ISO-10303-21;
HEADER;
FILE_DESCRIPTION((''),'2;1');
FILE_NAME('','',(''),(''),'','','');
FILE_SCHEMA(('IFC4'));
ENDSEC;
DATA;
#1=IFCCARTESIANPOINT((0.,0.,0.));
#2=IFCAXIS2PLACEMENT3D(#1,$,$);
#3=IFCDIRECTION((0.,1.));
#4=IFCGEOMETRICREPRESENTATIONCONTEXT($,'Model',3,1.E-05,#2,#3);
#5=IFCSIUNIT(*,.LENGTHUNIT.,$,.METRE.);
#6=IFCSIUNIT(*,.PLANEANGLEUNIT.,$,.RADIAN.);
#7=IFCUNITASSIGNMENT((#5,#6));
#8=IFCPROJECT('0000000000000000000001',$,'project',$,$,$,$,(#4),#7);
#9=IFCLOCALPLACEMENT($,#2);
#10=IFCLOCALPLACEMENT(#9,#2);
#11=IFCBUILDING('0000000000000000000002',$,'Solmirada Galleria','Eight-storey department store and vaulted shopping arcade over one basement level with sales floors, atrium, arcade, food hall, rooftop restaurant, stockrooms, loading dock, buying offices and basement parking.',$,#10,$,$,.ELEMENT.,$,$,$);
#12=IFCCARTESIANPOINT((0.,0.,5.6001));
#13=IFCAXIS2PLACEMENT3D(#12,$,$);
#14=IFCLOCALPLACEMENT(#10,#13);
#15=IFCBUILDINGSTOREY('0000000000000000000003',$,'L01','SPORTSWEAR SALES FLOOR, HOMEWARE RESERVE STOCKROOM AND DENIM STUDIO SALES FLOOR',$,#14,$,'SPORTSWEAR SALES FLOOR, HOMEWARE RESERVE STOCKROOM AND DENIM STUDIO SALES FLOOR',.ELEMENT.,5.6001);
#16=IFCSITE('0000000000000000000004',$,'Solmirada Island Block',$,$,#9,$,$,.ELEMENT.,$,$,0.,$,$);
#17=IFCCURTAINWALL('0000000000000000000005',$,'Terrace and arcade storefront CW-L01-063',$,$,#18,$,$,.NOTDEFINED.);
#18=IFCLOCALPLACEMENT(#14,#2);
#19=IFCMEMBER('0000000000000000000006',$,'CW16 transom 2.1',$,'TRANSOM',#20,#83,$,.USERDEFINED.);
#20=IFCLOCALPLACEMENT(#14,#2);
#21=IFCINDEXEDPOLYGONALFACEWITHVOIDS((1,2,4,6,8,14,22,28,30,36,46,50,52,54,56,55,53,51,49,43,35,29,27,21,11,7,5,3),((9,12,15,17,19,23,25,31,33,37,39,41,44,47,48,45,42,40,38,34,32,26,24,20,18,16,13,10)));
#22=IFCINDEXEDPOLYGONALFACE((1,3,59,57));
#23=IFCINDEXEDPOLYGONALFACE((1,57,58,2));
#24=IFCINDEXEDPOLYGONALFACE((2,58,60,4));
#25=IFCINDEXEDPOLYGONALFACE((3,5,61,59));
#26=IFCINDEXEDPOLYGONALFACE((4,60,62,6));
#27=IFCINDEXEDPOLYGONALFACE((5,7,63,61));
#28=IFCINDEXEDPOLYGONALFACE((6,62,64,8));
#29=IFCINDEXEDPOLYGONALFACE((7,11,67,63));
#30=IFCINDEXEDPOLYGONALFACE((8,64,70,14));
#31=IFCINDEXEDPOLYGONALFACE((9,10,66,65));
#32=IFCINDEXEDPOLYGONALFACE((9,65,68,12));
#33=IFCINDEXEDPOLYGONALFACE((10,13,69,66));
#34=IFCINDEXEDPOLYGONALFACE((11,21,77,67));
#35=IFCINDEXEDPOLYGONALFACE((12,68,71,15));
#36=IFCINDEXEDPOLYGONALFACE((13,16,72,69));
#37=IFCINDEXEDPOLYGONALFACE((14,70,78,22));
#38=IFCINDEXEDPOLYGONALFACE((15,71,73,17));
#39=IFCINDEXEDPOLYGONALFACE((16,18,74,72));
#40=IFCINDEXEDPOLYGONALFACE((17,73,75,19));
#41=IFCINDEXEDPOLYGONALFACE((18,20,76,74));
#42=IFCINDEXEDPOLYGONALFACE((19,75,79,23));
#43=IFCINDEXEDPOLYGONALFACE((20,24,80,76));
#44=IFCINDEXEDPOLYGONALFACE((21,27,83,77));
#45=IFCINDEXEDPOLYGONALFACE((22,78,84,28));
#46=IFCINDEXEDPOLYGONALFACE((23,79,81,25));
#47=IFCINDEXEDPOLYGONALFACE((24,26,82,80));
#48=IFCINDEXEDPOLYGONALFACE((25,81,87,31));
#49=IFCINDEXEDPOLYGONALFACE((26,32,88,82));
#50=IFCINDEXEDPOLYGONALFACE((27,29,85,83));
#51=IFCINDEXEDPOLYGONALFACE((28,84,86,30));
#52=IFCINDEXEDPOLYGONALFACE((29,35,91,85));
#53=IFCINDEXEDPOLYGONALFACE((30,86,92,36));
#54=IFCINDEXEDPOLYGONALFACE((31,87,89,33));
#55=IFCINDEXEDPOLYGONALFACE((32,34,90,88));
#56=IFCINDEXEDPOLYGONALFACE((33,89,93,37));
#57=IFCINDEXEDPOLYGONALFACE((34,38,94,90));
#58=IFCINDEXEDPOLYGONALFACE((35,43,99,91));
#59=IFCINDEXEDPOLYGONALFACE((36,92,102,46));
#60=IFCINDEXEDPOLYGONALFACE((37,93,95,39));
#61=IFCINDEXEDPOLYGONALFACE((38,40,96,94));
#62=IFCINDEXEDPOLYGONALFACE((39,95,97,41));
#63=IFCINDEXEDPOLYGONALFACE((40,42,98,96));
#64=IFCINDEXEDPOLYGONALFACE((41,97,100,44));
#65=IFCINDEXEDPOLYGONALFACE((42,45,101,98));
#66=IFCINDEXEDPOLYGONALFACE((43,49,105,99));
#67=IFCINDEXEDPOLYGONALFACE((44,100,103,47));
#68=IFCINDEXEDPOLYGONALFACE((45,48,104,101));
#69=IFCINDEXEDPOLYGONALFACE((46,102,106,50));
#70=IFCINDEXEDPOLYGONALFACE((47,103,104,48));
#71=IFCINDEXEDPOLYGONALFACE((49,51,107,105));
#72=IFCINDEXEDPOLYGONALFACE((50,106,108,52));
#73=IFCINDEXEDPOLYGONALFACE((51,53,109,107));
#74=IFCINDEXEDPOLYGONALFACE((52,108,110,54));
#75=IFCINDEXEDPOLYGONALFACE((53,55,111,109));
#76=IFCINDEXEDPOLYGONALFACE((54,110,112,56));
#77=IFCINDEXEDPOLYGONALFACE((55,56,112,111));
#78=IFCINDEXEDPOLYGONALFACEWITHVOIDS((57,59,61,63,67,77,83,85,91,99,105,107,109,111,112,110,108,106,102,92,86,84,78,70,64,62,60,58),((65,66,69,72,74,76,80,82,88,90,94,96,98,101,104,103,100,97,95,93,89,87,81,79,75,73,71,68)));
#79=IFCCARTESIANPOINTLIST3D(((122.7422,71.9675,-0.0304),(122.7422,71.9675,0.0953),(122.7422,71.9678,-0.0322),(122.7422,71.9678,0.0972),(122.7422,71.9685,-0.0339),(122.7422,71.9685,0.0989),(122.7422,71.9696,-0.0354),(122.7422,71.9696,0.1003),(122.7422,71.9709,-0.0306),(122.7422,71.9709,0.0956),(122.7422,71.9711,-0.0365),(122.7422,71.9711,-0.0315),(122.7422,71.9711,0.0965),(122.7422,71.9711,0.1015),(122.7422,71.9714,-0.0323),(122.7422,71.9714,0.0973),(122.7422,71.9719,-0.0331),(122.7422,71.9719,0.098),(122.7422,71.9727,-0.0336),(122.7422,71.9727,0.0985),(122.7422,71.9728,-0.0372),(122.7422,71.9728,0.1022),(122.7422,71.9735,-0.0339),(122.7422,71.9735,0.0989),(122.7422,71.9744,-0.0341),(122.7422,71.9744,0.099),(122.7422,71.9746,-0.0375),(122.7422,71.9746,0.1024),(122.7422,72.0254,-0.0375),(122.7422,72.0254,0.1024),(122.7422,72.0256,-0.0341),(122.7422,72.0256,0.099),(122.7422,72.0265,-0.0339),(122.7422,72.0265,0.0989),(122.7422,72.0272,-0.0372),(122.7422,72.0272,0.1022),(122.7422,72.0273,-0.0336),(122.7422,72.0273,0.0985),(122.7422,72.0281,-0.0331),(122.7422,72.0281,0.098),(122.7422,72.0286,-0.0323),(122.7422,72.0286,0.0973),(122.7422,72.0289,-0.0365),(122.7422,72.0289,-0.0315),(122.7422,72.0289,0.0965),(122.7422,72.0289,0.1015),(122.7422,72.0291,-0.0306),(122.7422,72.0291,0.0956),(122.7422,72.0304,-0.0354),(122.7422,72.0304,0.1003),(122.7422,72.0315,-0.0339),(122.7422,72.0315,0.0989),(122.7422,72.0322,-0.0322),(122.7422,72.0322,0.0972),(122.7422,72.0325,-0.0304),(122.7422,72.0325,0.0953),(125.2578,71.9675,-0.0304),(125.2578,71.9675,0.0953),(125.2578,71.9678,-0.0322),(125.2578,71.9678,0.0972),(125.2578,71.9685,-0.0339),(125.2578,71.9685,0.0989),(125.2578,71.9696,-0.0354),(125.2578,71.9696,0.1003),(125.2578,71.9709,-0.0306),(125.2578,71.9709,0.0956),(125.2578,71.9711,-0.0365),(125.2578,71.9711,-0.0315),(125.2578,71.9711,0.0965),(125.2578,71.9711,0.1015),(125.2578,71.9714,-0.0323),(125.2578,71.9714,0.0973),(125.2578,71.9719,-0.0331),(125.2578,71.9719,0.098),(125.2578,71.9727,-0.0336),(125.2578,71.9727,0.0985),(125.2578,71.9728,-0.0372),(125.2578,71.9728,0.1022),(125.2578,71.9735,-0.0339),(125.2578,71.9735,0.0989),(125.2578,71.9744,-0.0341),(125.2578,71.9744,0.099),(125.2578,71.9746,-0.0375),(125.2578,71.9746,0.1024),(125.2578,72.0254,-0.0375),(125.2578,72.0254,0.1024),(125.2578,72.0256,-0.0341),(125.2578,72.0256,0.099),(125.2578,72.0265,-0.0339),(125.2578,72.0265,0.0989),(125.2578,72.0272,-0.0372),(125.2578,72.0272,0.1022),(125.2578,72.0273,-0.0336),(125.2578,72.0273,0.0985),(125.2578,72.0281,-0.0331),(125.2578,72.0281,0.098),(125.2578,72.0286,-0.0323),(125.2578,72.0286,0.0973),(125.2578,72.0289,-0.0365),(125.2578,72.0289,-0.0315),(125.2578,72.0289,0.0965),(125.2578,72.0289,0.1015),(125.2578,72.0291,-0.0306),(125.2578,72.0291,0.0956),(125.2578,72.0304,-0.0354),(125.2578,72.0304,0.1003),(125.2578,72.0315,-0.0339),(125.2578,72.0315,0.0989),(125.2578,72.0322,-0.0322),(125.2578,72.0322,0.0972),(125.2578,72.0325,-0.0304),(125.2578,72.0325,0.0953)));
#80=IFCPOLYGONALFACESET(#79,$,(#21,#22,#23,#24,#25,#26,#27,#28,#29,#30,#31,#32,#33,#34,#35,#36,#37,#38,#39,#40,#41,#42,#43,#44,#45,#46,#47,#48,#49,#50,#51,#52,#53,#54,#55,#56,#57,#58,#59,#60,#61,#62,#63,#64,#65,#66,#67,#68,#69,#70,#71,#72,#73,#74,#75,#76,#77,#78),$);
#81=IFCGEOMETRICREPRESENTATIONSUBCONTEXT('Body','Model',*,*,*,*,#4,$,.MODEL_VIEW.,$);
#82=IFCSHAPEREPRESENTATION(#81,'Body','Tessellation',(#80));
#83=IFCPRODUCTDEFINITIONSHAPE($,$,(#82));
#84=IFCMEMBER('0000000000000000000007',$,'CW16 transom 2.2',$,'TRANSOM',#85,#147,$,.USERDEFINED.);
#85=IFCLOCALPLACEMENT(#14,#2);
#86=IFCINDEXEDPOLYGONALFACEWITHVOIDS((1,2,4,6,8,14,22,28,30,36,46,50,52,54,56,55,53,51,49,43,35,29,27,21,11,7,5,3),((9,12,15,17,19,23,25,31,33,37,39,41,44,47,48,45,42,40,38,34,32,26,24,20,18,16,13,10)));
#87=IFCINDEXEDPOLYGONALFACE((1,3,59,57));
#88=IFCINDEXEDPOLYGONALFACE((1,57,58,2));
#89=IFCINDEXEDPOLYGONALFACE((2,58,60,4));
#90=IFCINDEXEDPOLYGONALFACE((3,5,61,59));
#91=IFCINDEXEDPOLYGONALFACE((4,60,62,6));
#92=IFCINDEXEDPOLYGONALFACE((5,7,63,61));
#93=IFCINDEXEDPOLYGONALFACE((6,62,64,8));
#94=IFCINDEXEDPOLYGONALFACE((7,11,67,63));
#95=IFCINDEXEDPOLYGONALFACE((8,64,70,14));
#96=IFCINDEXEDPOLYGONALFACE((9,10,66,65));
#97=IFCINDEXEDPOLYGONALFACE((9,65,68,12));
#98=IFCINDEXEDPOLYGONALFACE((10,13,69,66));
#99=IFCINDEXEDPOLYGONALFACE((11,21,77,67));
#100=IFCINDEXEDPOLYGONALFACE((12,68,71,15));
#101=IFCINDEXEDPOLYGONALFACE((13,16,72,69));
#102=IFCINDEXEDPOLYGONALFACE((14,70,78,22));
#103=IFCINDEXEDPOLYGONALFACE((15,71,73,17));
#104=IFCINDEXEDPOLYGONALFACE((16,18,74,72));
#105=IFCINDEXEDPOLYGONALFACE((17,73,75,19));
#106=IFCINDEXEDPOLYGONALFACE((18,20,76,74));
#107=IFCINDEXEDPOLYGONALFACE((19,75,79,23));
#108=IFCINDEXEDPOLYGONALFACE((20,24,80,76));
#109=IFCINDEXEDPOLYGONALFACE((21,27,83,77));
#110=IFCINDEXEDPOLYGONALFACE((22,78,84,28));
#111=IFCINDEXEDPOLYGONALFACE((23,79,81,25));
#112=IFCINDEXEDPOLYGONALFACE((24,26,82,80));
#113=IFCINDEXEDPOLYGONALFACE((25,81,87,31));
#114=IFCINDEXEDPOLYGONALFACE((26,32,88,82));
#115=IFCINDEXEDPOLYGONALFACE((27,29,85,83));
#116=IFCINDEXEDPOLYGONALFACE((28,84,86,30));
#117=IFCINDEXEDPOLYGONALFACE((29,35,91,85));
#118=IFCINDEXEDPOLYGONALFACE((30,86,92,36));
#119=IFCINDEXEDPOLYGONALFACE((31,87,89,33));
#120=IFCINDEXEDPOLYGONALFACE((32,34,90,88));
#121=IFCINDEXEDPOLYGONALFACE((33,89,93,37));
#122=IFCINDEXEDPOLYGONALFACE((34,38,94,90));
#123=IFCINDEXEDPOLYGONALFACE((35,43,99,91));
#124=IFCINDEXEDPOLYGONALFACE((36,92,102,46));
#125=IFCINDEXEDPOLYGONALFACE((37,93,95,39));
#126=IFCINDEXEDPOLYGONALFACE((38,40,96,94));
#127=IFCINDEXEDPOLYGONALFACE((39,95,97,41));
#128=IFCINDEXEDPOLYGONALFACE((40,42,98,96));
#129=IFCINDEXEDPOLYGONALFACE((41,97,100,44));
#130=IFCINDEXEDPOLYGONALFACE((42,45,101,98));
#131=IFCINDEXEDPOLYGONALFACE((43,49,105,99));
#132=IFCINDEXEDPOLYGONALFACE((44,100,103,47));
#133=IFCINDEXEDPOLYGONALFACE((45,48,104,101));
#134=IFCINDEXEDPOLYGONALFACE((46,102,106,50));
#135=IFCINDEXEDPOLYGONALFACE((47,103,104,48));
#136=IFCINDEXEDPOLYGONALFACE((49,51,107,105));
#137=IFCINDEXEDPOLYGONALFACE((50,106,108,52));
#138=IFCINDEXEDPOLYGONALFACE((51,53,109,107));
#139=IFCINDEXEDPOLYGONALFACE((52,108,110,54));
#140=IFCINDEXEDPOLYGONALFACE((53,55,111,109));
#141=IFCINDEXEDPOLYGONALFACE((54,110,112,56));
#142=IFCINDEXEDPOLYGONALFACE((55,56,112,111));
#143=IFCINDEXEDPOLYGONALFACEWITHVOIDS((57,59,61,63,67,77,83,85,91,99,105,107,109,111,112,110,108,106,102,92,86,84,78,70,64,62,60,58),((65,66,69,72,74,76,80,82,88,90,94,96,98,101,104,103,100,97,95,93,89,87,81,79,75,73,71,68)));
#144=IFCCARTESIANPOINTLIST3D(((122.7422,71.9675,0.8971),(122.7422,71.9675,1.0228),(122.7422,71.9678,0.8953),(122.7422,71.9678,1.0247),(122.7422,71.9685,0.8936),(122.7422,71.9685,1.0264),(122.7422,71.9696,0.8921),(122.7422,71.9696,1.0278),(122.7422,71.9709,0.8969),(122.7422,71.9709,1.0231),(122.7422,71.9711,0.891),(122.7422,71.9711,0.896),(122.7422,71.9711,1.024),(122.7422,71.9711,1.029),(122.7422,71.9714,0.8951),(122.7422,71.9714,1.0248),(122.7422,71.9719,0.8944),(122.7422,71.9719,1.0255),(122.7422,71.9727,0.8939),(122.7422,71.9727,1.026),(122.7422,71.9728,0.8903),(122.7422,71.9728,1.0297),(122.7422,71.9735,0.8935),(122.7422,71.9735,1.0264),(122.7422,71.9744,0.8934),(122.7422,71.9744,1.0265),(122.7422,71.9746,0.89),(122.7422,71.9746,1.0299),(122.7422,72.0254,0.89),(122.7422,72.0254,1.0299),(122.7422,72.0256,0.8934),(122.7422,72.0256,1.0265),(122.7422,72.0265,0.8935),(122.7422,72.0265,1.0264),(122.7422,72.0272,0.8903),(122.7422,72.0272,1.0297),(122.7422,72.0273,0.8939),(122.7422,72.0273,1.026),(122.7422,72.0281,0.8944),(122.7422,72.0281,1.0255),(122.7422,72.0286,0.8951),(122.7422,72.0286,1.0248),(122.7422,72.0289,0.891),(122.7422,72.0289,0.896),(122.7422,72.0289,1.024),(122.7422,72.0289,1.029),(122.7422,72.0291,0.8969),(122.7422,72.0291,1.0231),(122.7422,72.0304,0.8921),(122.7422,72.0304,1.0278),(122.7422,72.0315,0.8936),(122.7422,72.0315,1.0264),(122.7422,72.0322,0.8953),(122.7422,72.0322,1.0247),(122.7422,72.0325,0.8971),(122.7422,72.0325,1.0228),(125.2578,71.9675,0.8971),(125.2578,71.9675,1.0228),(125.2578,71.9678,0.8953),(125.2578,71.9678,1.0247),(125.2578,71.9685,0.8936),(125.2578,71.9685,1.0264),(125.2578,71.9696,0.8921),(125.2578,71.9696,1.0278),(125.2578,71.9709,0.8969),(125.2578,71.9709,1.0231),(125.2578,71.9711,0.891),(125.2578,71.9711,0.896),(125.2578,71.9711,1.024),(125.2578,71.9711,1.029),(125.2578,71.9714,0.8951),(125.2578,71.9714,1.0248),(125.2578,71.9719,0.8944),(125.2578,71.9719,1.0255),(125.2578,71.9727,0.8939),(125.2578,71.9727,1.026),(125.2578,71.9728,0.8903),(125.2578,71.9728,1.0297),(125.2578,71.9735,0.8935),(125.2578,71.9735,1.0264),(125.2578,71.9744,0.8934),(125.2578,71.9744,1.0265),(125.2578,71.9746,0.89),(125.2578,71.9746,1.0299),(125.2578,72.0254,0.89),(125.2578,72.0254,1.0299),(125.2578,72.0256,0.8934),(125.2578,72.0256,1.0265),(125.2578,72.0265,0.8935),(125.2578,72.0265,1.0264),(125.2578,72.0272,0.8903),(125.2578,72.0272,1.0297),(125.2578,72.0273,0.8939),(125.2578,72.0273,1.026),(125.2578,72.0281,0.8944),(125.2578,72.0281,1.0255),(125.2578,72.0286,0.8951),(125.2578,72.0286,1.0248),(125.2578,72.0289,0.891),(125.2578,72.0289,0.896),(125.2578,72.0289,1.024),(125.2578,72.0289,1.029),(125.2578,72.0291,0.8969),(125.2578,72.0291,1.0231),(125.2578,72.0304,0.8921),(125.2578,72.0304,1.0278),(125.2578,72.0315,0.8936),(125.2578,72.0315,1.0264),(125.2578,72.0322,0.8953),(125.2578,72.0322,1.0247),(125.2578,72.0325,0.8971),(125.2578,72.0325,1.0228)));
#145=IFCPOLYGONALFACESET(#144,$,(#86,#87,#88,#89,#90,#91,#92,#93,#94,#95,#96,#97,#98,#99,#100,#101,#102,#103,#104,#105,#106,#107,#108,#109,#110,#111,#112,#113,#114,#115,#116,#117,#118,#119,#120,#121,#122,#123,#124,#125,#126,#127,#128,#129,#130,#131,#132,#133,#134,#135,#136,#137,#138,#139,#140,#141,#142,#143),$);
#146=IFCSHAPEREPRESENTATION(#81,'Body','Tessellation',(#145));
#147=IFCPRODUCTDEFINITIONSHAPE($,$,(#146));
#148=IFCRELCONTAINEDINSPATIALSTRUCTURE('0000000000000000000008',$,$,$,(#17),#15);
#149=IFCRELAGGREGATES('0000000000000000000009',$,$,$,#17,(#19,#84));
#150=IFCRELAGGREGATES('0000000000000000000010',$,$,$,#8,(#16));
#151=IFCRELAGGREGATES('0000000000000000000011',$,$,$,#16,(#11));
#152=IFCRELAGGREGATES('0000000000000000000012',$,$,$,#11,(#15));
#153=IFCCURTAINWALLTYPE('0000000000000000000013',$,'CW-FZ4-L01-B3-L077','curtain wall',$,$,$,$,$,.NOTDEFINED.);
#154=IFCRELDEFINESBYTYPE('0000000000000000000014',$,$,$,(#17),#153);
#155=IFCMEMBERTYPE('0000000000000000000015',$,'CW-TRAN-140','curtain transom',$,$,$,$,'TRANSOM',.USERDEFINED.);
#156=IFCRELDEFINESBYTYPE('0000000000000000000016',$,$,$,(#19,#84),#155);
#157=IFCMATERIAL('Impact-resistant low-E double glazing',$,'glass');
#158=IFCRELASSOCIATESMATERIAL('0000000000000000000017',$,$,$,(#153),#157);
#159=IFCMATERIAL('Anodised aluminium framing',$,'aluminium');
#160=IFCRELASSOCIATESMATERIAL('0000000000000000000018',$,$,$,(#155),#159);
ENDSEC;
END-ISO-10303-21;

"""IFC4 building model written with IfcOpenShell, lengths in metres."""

from ifc_helpers import new_model, si_unit, direction, frame, origin, origin_2d, place, context, subcontext, project, spatial, hollow_rectangle, extrude, material, material_profile, profile_set, type_object, element, aggregate, save


model = new_model("IFC4")

# Units and contexts
model_context = context("Model", 3, precision=1e-05, world=origin(), true_north=direction((0.0, 1.0)))
body_context = subcontext(model_context, "Body", "Model", "MODEL_VIEW")
ifc_project = project(units=[si_unit("LENGTHUNIT", "METRE"), si_unit("PLANEANGLEUNIT", "RADIAN")], contexts=[model_context])

# Site, building, storey
site_placement = place(None, origin())
site = spatial("IfcSite", under=ifc_project, at=site_placement, Name="Solmirada Island Block", CompositionType="ELEMENT", RefElevation=0.0)
building_placement = place(site_placement, origin())
building = spatial("IfcBuilding", under=site, at=building_placement, Name="Solmirada Galleria", Description="Eight-storey department store and vaulted shopping arcade over one basement level with sales floors, atrium, arcade, food hall, rooftop restaurant, stockrooms, loading dock, buying offices and basement parking.", CompositionType="ELEMENT")
storey_placement = place(building_placement, frame((0.0, 0.0, 5.6001)))
storey = spatial("IfcBuildingStorey", under=building, at=storey_placement, Name="L01", Description="SPORTSWEAR SALES FLOOR, HOMEWARE RESERVE STOCKROOM AND DENIM STUDIO SALES FLOOR", LongName="SPORTSWEAR SALES FLOOR, HOMEWARE RESERVE STOCKROOM AND DENIM STUDIO SALES FLOOR", CompositionType="ELEMENT", Elevation=5.6001)

# Curtain wall
ifc_material_1 = material(Name="Impact-resistant low-E double glazing", Category="glass")
curtain_wall_type = type_object("IfcCurtainWallType", Name="CW-FZ4-L01-B3-L077", Description="curtain wall", PredefinedType="NOTDEFINED", material=ifc_material_1)
ifc_material_2 = material(Name="Anodised aluminium framing", Category="aluminium")
curtain_wall_1_placement = place(storey_placement, origin())
curtain_wall_1 = element("IfcCurtainWall", 1, at=curtain_wall_1_placement, inside=storey, type_object=curtain_wall_type, Name="Terrace and arcade storefront CW-L01-063", PredefinedType="NOTDEFINED")

# Members
ifc_material_profile_1 = material_profile(ifc_material_2, hollow_rectangle(XDim=0.0649, YDim=0.1399, WallThickness=0.0034, InnerFilletRadius=0.0034, OuterFilletRadius=0.0071, at=origin_2d()), Name="ALU-TRAN-140X65")
ifc_profile_set_1 = profile_set([ifc_material_profile_1], Name="Anodised aluminium framing")
member_type_1 = type_object("IfcMemberType", Name="CW-TRAN-140", Description="curtain transom", ElementType="TRANSOM", PredefinedType="USERDEFINED", material=ifc_profile_set_1)
member_1_placement = place(storey_placement, frame((125.2578, 72.0, 0.0325), z_axis=(-1.0, 0.0, 0.0), x_axis=(0.0, -1.0, 0.0)))
member_1 = element("IfcMember", 2, at=member_1_placement, type_object=member_type_1, Name="CW16 transom 2.1", ObjectType="TRANSOM", PredefinedType="USERDEFINED", context=body_context, shape_type="SweptSolid", body=[
    extrude(hollow_rectangle(XDim=0.0649, YDim=0.1399, WallThickness=0.0034, InnerFilletRadius=0.0034, OuterFilletRadius=0.0071, at=origin_2d()), origin(), (0.0, 0.0, 1.0), 2.5156),
])
member_2_placement = place(storey_placement, frame((125.2578, 72.0, 0.96), z_axis=(-1.0, 0.0, 0.0), x_axis=(0.0, -1.0, 0.0)))
member_2 = element("IfcMember", 3, at=member_2_placement, type_object=member_type_1, Name="CW16 transom 2.2", ObjectType="TRANSOM", PredefinedType="USERDEFINED", context=body_context, shape_type="SweptSolid", body=[
    extrude(hollow_rectangle(XDim=0.0649, YDim=0.1399, WallThickness=0.0034, InnerFilletRadius=0.0034, OuterFilletRadius=0.0071, at=origin_2d()), origin(), (0.0, 0.0, 1.0), 2.5156),
])

aggregate(curtain_wall_1, [member_1, member_2])

save(model, "model.ifc")
